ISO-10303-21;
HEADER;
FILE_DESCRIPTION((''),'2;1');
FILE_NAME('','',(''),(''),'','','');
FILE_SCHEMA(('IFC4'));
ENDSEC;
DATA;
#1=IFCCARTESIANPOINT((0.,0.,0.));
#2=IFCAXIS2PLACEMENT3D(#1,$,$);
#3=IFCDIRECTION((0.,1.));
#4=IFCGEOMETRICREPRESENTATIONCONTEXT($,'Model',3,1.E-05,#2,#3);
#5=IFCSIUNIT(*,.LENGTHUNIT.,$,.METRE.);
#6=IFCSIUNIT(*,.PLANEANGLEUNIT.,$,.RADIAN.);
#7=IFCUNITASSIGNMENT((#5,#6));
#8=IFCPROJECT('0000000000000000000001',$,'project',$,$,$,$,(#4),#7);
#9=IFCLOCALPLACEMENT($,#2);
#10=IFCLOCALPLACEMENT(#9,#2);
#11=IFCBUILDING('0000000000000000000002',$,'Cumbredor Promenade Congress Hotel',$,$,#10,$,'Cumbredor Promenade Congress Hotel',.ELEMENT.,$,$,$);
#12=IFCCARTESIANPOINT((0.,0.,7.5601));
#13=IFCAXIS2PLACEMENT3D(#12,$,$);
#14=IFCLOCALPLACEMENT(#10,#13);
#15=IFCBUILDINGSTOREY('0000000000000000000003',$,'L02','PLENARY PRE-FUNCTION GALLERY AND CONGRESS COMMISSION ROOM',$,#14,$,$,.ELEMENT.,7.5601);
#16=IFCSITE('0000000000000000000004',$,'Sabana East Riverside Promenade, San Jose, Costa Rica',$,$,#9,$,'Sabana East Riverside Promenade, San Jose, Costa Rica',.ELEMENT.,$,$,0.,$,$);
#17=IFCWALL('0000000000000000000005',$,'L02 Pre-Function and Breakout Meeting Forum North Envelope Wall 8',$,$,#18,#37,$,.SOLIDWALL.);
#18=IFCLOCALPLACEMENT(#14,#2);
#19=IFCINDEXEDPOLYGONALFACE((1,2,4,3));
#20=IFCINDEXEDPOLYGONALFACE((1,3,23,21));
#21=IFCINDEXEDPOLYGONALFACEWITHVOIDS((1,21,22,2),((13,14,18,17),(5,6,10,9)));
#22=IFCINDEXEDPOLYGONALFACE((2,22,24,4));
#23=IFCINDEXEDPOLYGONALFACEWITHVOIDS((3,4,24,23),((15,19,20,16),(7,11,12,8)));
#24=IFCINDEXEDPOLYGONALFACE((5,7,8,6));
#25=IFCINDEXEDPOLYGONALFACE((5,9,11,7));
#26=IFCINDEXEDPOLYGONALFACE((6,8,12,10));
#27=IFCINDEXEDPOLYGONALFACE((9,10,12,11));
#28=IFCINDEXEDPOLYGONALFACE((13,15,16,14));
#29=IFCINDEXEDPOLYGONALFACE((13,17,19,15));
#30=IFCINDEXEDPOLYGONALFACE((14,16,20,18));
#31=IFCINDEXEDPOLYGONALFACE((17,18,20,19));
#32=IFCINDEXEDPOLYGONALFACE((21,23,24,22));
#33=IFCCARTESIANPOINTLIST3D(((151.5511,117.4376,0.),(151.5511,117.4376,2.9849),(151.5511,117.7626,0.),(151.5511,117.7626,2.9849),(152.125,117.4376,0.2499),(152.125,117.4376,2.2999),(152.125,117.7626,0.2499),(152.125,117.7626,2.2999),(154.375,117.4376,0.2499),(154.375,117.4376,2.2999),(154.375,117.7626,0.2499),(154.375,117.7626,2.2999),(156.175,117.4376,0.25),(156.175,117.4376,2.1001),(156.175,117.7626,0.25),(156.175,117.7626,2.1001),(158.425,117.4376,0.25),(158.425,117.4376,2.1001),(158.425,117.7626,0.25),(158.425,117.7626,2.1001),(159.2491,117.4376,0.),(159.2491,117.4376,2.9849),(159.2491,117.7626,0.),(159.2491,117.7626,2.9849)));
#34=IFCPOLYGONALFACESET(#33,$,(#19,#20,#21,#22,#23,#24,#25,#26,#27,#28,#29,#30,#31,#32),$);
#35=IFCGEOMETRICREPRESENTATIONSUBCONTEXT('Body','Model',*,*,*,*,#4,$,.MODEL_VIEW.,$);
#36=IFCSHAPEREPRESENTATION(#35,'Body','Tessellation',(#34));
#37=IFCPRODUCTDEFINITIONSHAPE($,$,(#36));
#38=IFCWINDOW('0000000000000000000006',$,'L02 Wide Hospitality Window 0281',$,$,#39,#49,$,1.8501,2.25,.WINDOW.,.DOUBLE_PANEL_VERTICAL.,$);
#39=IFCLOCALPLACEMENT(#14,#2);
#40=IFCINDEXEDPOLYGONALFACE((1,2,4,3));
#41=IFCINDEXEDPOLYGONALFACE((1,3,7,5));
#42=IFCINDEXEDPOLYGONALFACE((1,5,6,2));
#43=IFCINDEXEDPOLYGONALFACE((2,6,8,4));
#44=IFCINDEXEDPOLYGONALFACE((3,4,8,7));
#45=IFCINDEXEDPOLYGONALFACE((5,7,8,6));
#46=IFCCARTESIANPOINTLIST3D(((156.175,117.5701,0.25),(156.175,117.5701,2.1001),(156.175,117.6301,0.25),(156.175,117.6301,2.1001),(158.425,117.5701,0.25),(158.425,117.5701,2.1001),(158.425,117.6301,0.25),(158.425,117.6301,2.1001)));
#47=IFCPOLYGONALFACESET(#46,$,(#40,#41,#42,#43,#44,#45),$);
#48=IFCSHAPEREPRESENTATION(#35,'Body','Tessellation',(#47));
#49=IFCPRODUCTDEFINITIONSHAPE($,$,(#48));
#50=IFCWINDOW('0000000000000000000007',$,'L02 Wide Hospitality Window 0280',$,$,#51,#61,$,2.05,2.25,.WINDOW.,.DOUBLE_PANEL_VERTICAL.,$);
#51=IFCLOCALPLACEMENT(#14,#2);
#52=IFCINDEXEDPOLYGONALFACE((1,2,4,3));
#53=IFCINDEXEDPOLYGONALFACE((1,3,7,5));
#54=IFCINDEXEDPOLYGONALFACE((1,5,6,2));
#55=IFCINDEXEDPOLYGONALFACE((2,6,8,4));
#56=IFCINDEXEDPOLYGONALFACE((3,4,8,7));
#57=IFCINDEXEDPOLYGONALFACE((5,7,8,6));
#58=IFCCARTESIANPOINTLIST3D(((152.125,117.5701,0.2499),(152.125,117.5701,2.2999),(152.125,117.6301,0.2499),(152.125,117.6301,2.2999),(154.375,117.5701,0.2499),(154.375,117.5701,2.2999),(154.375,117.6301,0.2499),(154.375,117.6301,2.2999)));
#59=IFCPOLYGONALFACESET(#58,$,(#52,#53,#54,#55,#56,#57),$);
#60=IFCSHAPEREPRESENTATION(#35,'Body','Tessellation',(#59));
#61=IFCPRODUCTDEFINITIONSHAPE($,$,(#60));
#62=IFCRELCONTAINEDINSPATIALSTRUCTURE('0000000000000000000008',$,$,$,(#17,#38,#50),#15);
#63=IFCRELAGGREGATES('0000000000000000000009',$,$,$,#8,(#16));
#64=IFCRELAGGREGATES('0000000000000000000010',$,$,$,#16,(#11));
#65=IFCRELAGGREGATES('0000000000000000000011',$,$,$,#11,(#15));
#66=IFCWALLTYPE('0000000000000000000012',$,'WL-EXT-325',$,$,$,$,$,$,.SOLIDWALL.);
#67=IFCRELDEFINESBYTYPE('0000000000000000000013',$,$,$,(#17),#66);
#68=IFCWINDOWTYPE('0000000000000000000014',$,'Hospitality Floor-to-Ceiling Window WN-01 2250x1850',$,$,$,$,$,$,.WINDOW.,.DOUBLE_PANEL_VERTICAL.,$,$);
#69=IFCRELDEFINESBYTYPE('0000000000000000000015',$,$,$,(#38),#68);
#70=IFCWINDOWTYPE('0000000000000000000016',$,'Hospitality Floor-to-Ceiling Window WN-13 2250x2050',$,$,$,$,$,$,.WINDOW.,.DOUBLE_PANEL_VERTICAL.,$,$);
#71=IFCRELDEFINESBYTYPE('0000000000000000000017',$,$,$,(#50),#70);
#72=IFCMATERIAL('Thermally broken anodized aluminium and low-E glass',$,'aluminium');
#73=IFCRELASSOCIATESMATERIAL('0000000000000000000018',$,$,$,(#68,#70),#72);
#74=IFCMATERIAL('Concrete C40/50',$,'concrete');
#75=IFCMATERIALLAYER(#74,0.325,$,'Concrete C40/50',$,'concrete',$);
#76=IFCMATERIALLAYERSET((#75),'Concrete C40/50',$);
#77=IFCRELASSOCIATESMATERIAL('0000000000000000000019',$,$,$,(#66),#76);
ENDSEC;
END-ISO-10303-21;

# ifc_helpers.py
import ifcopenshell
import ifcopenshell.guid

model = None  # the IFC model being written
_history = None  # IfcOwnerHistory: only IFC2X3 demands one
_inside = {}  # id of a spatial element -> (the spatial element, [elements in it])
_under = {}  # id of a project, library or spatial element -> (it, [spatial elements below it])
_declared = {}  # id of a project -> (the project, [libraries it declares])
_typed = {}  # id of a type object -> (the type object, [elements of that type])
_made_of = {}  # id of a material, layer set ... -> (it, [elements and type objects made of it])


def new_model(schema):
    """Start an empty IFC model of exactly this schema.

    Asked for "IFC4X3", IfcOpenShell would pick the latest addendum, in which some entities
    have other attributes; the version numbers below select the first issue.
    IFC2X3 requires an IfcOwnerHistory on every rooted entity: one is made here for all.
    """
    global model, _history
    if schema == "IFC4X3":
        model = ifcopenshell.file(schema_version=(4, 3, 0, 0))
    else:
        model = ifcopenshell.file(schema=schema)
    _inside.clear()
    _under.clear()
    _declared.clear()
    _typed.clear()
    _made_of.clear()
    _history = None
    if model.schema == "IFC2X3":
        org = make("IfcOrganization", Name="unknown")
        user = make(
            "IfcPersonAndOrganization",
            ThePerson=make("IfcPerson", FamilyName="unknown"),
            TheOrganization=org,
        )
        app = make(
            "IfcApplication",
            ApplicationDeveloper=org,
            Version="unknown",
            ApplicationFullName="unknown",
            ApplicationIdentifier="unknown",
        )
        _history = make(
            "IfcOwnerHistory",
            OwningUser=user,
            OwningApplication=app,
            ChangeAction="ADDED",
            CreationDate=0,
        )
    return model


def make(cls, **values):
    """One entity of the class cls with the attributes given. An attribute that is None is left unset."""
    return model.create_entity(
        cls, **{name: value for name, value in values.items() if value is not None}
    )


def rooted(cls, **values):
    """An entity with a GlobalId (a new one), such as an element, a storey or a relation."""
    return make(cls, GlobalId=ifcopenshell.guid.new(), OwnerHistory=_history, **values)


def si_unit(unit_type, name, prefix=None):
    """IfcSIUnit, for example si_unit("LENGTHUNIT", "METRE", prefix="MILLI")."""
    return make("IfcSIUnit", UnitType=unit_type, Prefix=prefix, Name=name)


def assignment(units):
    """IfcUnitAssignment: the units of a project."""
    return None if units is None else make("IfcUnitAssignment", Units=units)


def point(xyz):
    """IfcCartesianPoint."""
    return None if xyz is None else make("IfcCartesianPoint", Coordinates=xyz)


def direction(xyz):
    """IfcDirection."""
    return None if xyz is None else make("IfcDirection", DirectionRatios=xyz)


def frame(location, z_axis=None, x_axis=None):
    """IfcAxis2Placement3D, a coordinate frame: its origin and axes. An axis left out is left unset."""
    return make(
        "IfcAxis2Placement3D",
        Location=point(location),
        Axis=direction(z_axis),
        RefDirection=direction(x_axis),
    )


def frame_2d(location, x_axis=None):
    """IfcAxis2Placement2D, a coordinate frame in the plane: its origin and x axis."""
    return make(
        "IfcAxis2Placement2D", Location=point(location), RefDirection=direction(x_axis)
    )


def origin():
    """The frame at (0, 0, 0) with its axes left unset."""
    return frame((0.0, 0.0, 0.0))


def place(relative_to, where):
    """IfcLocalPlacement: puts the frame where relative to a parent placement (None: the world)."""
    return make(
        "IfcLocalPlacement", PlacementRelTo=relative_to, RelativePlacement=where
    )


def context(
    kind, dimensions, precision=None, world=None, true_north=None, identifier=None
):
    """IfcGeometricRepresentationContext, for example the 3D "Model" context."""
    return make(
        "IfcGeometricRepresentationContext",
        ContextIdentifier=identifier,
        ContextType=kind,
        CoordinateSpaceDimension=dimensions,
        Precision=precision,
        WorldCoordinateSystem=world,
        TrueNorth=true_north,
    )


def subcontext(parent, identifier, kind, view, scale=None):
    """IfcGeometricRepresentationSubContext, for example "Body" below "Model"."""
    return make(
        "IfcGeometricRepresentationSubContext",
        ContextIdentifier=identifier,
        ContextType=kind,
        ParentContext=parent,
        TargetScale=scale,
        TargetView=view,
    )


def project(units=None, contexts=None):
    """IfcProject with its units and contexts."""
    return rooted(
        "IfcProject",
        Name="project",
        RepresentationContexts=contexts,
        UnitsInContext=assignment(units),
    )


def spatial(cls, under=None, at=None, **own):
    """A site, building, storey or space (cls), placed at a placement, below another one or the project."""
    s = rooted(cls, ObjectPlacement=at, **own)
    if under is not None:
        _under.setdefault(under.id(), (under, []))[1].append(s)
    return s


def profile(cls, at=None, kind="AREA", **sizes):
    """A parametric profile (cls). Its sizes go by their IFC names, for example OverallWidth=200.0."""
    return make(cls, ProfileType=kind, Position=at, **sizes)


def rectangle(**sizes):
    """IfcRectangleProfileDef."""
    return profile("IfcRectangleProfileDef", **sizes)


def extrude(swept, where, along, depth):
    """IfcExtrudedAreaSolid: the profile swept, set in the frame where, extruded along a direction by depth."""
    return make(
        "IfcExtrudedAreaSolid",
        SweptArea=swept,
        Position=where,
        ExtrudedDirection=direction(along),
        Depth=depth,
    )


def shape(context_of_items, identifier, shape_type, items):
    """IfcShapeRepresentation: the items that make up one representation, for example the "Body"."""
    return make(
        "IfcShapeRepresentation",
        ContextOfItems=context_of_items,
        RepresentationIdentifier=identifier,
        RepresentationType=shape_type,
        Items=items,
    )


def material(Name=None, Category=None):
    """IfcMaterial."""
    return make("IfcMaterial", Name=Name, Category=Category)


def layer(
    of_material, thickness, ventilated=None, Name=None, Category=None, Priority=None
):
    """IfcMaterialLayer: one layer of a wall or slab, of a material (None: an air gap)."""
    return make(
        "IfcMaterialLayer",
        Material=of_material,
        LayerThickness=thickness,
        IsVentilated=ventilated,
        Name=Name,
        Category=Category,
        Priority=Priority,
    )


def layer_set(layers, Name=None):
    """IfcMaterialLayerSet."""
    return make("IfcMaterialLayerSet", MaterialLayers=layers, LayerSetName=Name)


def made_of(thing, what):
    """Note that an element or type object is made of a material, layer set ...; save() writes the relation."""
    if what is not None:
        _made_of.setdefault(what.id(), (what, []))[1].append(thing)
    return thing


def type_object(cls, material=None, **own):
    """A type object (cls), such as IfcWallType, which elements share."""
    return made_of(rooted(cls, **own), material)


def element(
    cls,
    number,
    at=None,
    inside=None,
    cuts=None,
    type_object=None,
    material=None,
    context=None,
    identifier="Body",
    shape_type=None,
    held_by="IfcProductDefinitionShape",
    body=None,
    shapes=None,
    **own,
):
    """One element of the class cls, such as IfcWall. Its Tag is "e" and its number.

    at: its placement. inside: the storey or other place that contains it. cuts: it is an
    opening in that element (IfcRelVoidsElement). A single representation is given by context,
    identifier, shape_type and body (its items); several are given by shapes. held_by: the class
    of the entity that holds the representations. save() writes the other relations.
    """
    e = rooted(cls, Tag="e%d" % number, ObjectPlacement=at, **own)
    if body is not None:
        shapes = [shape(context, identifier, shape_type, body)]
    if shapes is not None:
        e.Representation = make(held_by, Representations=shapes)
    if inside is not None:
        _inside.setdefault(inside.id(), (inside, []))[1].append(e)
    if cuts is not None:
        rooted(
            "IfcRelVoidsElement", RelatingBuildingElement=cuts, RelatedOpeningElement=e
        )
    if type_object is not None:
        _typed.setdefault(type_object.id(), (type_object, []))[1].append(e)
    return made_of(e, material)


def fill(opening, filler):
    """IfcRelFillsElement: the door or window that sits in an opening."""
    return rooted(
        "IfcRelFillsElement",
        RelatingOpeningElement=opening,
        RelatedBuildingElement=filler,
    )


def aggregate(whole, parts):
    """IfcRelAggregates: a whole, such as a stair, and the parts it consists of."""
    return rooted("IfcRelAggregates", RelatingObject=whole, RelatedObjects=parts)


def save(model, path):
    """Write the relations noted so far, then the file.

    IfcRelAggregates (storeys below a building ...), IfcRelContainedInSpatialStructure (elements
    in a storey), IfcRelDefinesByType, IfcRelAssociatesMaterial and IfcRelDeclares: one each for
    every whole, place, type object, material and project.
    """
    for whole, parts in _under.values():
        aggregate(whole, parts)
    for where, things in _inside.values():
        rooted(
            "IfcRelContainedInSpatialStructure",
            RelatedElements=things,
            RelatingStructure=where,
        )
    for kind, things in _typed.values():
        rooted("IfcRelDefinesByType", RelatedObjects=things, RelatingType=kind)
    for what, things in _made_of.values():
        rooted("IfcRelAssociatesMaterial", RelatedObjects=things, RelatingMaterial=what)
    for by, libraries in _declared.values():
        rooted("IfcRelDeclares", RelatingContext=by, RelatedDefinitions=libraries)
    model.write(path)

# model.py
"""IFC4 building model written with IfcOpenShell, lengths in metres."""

from ifc_helpers import new_model, si_unit, direction, frame, frame_2d, origin, place, context, subcontext, project, spatial, rectangle, extrude, material, layer, layer_set, type_object, element, fill, save


model = new_model("IFC4")

# Units and contexts
model_context = context("Model", 3, precision=1e-05, world=origin(), true_north=direction((0.0, 1.0)))
body_context = subcontext(model_context, "Body", "Model", "MODEL_VIEW")
ifc_project = project(units=[si_unit("LENGTHUNIT", "METRE"), si_unit("PLANEANGLEUNIT", "RADIAN")], contexts=[model_context])

# Site, building, storey
site_placement = place(None, origin())
site = spatial("IfcSite", under=ifc_project, at=site_placement, Name="Sabana East Riverside Promenade, San Jose, Costa Rica", LongName="Sabana East Riverside Promenade, San Jose, Costa Rica", CompositionType="ELEMENT", RefElevation=0.0)
building_placement = place(site_placement, origin())
building = spatial("IfcBuilding", under=site, at=building_placement, Name="Cumbredor Promenade Congress Hotel", LongName="Cumbredor Promenade Congress Hotel", CompositionType="ELEMENT")
storey_placement = place(building_placement, frame((0.0, 0.0, 7.5601)))
storey = spatial("IfcBuildingStorey", under=building, at=storey_placement, Name="L02", Description="PLENARY PRE-FUNCTION GALLERY AND CONGRESS COMMISSION ROOM", CompositionType="ELEMENT", Elevation=7.5601)

# Shared definitions
ifc_material_1 = material(Name="Concrete C40/50", Category="concrete")

# Shared definitions
ifc_material_2 = material(Name="Thermally broken anodized aluminium and low-E glass", Category="aluminium")

# Wall, openings, windows
window_type_1 = type_object("IfcWindowType", Name="Hospitality Floor-to-Ceiling Window WN-01 2250x1850", PartitioningType="DOUBLE_PANEL_VERTICAL", PredefinedType="WINDOW", material=ifc_material_2)
window_type_2 = type_object("IfcWindowType", Name="Hospitality Floor-to-Ceiling Window WN-13 2250x2050", PartitioningType="DOUBLE_PANEL_VERTICAL", PredefinedType="WINDOW", material=ifc_material_2)
ifc_layer_1 = layer(ifc_material_1, 0.325, Name="Concrete C40/50", Category="concrete")
ifc_layer_set_1 = layer_set([ifc_layer_1], Name="Concrete C40/50")
wall_type_1 = type_object("IfcWallType", Name="WL-EXT-325", PredefinedType="SOLIDWALL", material=ifc_layer_set_1)
wall_1_placement = place(storey_placement, frame((151.551, 117.6001, 0.0), z_axis=(0.0, 0.0, 1.0), x_axis=(1.0, 0.0, 0.0)))
wall_1 = element("IfcWall", 1, at=wall_1_placement, inside=storey, type_object=wall_type_1, Name="L02 Pre-Function and Breakout Meeting Forum North Envelope Wall 8", PredefinedType="SOLIDWALL", context=body_context, shape_type="SweptSolid", body=[
    extrude(rectangle(XDim=7.698, YDim=0.325, at=frame_2d((3.8491, 0.0))), origin(), (0.0, 0.0, 1.0), 2.9849),
])
opening_1_placement = place(wall_1_placement, frame((0.574, 0.0, 0.25)))
opening_1 = element("IfcOpeningElement", 2, at=opening_1_placement, cuts=wall_1, PredefinedType="OPENING", context=body_context, shape_type="SweptSolid", body=[
    extrude(rectangle(XDim=2.25, YDim=2.05, at=frame_2d((1.125, 1.0249))), frame((0.0, 0.1724, 0.0), z_axis=(0.0, -1.0, 0.0), x_axis=(1.0, 0.0, 0.0)), (0.0, 0.0, 1.0), 0.345),
])
opening_2_placement = place(wall_1_placement, frame((4.624, 0.0, 0.25)))
opening_2 = element("IfcOpeningElement", 3, at=opening_2_placement, cuts=wall_1, PredefinedType="OPENING", context=body_context, shape_type="SweptSolid", body=[
    extrude(rectangle(XDim=2.25, YDim=1.8501, at=frame_2d((1.125, 0.925))), frame((0.0, 0.1724, 0.0), z_axis=(0.0, -1.0, 0.0), x_axis=(1.0, 0.0, 0.0)), (0.0, 0.0, 1.0), 0.345),
])
window_1_placement = place(opening_2_placement, origin())
window_1 = element("IfcWindow", 4, at=window_1_placement, inside=storey, type_object=window_type_1, Name="L02 Wide Hospitality Window 0281", OverallHeight=1.8501, OverallWidth=2.25, PartitioningType="DOUBLE_PANEL_VERTICAL", PredefinedType="WINDOW", context=body_context, shape_type="SweptSolid", body=[
    extrude(rectangle(XDim=2.25, YDim=1.8501, at=frame_2d((1.125, 0.925))), frame((0.0, 0.03, 0.0), z_axis=(0.0, -1.0, 0.0), x_axis=(1.0, 0.0, 0.0)), (0.0, 0.0, 1.0), 0.0601),
])
fill(opening_2, window_1)
window_2_placement = place(opening_1_placement, origin())
window_2 = element("IfcWindow", 5, at=window_2_placement, inside=storey, type_object=window_type_2, Name="L02 Wide Hospitality Window 0280", OverallHeight=2.05, OverallWidth=2.25, PartitioningType="DOUBLE_PANEL_VERTICAL", PredefinedType="WINDOW", context=body_context, shape_type="SweptSolid", body=[
    extrude(rectangle(XDim=2.25, YDim=2.05, at=frame_2d((1.125, 1.0249))), frame((0.0, 0.03, 0.0), z_axis=(0.0, -1.0, 0.0), x_axis=(1.0, 0.0, 0.0)), (0.0, 0.0, 1.0), 0.0601),
])
fill(opening_1, window_2)

save(model, "model.ifc")
